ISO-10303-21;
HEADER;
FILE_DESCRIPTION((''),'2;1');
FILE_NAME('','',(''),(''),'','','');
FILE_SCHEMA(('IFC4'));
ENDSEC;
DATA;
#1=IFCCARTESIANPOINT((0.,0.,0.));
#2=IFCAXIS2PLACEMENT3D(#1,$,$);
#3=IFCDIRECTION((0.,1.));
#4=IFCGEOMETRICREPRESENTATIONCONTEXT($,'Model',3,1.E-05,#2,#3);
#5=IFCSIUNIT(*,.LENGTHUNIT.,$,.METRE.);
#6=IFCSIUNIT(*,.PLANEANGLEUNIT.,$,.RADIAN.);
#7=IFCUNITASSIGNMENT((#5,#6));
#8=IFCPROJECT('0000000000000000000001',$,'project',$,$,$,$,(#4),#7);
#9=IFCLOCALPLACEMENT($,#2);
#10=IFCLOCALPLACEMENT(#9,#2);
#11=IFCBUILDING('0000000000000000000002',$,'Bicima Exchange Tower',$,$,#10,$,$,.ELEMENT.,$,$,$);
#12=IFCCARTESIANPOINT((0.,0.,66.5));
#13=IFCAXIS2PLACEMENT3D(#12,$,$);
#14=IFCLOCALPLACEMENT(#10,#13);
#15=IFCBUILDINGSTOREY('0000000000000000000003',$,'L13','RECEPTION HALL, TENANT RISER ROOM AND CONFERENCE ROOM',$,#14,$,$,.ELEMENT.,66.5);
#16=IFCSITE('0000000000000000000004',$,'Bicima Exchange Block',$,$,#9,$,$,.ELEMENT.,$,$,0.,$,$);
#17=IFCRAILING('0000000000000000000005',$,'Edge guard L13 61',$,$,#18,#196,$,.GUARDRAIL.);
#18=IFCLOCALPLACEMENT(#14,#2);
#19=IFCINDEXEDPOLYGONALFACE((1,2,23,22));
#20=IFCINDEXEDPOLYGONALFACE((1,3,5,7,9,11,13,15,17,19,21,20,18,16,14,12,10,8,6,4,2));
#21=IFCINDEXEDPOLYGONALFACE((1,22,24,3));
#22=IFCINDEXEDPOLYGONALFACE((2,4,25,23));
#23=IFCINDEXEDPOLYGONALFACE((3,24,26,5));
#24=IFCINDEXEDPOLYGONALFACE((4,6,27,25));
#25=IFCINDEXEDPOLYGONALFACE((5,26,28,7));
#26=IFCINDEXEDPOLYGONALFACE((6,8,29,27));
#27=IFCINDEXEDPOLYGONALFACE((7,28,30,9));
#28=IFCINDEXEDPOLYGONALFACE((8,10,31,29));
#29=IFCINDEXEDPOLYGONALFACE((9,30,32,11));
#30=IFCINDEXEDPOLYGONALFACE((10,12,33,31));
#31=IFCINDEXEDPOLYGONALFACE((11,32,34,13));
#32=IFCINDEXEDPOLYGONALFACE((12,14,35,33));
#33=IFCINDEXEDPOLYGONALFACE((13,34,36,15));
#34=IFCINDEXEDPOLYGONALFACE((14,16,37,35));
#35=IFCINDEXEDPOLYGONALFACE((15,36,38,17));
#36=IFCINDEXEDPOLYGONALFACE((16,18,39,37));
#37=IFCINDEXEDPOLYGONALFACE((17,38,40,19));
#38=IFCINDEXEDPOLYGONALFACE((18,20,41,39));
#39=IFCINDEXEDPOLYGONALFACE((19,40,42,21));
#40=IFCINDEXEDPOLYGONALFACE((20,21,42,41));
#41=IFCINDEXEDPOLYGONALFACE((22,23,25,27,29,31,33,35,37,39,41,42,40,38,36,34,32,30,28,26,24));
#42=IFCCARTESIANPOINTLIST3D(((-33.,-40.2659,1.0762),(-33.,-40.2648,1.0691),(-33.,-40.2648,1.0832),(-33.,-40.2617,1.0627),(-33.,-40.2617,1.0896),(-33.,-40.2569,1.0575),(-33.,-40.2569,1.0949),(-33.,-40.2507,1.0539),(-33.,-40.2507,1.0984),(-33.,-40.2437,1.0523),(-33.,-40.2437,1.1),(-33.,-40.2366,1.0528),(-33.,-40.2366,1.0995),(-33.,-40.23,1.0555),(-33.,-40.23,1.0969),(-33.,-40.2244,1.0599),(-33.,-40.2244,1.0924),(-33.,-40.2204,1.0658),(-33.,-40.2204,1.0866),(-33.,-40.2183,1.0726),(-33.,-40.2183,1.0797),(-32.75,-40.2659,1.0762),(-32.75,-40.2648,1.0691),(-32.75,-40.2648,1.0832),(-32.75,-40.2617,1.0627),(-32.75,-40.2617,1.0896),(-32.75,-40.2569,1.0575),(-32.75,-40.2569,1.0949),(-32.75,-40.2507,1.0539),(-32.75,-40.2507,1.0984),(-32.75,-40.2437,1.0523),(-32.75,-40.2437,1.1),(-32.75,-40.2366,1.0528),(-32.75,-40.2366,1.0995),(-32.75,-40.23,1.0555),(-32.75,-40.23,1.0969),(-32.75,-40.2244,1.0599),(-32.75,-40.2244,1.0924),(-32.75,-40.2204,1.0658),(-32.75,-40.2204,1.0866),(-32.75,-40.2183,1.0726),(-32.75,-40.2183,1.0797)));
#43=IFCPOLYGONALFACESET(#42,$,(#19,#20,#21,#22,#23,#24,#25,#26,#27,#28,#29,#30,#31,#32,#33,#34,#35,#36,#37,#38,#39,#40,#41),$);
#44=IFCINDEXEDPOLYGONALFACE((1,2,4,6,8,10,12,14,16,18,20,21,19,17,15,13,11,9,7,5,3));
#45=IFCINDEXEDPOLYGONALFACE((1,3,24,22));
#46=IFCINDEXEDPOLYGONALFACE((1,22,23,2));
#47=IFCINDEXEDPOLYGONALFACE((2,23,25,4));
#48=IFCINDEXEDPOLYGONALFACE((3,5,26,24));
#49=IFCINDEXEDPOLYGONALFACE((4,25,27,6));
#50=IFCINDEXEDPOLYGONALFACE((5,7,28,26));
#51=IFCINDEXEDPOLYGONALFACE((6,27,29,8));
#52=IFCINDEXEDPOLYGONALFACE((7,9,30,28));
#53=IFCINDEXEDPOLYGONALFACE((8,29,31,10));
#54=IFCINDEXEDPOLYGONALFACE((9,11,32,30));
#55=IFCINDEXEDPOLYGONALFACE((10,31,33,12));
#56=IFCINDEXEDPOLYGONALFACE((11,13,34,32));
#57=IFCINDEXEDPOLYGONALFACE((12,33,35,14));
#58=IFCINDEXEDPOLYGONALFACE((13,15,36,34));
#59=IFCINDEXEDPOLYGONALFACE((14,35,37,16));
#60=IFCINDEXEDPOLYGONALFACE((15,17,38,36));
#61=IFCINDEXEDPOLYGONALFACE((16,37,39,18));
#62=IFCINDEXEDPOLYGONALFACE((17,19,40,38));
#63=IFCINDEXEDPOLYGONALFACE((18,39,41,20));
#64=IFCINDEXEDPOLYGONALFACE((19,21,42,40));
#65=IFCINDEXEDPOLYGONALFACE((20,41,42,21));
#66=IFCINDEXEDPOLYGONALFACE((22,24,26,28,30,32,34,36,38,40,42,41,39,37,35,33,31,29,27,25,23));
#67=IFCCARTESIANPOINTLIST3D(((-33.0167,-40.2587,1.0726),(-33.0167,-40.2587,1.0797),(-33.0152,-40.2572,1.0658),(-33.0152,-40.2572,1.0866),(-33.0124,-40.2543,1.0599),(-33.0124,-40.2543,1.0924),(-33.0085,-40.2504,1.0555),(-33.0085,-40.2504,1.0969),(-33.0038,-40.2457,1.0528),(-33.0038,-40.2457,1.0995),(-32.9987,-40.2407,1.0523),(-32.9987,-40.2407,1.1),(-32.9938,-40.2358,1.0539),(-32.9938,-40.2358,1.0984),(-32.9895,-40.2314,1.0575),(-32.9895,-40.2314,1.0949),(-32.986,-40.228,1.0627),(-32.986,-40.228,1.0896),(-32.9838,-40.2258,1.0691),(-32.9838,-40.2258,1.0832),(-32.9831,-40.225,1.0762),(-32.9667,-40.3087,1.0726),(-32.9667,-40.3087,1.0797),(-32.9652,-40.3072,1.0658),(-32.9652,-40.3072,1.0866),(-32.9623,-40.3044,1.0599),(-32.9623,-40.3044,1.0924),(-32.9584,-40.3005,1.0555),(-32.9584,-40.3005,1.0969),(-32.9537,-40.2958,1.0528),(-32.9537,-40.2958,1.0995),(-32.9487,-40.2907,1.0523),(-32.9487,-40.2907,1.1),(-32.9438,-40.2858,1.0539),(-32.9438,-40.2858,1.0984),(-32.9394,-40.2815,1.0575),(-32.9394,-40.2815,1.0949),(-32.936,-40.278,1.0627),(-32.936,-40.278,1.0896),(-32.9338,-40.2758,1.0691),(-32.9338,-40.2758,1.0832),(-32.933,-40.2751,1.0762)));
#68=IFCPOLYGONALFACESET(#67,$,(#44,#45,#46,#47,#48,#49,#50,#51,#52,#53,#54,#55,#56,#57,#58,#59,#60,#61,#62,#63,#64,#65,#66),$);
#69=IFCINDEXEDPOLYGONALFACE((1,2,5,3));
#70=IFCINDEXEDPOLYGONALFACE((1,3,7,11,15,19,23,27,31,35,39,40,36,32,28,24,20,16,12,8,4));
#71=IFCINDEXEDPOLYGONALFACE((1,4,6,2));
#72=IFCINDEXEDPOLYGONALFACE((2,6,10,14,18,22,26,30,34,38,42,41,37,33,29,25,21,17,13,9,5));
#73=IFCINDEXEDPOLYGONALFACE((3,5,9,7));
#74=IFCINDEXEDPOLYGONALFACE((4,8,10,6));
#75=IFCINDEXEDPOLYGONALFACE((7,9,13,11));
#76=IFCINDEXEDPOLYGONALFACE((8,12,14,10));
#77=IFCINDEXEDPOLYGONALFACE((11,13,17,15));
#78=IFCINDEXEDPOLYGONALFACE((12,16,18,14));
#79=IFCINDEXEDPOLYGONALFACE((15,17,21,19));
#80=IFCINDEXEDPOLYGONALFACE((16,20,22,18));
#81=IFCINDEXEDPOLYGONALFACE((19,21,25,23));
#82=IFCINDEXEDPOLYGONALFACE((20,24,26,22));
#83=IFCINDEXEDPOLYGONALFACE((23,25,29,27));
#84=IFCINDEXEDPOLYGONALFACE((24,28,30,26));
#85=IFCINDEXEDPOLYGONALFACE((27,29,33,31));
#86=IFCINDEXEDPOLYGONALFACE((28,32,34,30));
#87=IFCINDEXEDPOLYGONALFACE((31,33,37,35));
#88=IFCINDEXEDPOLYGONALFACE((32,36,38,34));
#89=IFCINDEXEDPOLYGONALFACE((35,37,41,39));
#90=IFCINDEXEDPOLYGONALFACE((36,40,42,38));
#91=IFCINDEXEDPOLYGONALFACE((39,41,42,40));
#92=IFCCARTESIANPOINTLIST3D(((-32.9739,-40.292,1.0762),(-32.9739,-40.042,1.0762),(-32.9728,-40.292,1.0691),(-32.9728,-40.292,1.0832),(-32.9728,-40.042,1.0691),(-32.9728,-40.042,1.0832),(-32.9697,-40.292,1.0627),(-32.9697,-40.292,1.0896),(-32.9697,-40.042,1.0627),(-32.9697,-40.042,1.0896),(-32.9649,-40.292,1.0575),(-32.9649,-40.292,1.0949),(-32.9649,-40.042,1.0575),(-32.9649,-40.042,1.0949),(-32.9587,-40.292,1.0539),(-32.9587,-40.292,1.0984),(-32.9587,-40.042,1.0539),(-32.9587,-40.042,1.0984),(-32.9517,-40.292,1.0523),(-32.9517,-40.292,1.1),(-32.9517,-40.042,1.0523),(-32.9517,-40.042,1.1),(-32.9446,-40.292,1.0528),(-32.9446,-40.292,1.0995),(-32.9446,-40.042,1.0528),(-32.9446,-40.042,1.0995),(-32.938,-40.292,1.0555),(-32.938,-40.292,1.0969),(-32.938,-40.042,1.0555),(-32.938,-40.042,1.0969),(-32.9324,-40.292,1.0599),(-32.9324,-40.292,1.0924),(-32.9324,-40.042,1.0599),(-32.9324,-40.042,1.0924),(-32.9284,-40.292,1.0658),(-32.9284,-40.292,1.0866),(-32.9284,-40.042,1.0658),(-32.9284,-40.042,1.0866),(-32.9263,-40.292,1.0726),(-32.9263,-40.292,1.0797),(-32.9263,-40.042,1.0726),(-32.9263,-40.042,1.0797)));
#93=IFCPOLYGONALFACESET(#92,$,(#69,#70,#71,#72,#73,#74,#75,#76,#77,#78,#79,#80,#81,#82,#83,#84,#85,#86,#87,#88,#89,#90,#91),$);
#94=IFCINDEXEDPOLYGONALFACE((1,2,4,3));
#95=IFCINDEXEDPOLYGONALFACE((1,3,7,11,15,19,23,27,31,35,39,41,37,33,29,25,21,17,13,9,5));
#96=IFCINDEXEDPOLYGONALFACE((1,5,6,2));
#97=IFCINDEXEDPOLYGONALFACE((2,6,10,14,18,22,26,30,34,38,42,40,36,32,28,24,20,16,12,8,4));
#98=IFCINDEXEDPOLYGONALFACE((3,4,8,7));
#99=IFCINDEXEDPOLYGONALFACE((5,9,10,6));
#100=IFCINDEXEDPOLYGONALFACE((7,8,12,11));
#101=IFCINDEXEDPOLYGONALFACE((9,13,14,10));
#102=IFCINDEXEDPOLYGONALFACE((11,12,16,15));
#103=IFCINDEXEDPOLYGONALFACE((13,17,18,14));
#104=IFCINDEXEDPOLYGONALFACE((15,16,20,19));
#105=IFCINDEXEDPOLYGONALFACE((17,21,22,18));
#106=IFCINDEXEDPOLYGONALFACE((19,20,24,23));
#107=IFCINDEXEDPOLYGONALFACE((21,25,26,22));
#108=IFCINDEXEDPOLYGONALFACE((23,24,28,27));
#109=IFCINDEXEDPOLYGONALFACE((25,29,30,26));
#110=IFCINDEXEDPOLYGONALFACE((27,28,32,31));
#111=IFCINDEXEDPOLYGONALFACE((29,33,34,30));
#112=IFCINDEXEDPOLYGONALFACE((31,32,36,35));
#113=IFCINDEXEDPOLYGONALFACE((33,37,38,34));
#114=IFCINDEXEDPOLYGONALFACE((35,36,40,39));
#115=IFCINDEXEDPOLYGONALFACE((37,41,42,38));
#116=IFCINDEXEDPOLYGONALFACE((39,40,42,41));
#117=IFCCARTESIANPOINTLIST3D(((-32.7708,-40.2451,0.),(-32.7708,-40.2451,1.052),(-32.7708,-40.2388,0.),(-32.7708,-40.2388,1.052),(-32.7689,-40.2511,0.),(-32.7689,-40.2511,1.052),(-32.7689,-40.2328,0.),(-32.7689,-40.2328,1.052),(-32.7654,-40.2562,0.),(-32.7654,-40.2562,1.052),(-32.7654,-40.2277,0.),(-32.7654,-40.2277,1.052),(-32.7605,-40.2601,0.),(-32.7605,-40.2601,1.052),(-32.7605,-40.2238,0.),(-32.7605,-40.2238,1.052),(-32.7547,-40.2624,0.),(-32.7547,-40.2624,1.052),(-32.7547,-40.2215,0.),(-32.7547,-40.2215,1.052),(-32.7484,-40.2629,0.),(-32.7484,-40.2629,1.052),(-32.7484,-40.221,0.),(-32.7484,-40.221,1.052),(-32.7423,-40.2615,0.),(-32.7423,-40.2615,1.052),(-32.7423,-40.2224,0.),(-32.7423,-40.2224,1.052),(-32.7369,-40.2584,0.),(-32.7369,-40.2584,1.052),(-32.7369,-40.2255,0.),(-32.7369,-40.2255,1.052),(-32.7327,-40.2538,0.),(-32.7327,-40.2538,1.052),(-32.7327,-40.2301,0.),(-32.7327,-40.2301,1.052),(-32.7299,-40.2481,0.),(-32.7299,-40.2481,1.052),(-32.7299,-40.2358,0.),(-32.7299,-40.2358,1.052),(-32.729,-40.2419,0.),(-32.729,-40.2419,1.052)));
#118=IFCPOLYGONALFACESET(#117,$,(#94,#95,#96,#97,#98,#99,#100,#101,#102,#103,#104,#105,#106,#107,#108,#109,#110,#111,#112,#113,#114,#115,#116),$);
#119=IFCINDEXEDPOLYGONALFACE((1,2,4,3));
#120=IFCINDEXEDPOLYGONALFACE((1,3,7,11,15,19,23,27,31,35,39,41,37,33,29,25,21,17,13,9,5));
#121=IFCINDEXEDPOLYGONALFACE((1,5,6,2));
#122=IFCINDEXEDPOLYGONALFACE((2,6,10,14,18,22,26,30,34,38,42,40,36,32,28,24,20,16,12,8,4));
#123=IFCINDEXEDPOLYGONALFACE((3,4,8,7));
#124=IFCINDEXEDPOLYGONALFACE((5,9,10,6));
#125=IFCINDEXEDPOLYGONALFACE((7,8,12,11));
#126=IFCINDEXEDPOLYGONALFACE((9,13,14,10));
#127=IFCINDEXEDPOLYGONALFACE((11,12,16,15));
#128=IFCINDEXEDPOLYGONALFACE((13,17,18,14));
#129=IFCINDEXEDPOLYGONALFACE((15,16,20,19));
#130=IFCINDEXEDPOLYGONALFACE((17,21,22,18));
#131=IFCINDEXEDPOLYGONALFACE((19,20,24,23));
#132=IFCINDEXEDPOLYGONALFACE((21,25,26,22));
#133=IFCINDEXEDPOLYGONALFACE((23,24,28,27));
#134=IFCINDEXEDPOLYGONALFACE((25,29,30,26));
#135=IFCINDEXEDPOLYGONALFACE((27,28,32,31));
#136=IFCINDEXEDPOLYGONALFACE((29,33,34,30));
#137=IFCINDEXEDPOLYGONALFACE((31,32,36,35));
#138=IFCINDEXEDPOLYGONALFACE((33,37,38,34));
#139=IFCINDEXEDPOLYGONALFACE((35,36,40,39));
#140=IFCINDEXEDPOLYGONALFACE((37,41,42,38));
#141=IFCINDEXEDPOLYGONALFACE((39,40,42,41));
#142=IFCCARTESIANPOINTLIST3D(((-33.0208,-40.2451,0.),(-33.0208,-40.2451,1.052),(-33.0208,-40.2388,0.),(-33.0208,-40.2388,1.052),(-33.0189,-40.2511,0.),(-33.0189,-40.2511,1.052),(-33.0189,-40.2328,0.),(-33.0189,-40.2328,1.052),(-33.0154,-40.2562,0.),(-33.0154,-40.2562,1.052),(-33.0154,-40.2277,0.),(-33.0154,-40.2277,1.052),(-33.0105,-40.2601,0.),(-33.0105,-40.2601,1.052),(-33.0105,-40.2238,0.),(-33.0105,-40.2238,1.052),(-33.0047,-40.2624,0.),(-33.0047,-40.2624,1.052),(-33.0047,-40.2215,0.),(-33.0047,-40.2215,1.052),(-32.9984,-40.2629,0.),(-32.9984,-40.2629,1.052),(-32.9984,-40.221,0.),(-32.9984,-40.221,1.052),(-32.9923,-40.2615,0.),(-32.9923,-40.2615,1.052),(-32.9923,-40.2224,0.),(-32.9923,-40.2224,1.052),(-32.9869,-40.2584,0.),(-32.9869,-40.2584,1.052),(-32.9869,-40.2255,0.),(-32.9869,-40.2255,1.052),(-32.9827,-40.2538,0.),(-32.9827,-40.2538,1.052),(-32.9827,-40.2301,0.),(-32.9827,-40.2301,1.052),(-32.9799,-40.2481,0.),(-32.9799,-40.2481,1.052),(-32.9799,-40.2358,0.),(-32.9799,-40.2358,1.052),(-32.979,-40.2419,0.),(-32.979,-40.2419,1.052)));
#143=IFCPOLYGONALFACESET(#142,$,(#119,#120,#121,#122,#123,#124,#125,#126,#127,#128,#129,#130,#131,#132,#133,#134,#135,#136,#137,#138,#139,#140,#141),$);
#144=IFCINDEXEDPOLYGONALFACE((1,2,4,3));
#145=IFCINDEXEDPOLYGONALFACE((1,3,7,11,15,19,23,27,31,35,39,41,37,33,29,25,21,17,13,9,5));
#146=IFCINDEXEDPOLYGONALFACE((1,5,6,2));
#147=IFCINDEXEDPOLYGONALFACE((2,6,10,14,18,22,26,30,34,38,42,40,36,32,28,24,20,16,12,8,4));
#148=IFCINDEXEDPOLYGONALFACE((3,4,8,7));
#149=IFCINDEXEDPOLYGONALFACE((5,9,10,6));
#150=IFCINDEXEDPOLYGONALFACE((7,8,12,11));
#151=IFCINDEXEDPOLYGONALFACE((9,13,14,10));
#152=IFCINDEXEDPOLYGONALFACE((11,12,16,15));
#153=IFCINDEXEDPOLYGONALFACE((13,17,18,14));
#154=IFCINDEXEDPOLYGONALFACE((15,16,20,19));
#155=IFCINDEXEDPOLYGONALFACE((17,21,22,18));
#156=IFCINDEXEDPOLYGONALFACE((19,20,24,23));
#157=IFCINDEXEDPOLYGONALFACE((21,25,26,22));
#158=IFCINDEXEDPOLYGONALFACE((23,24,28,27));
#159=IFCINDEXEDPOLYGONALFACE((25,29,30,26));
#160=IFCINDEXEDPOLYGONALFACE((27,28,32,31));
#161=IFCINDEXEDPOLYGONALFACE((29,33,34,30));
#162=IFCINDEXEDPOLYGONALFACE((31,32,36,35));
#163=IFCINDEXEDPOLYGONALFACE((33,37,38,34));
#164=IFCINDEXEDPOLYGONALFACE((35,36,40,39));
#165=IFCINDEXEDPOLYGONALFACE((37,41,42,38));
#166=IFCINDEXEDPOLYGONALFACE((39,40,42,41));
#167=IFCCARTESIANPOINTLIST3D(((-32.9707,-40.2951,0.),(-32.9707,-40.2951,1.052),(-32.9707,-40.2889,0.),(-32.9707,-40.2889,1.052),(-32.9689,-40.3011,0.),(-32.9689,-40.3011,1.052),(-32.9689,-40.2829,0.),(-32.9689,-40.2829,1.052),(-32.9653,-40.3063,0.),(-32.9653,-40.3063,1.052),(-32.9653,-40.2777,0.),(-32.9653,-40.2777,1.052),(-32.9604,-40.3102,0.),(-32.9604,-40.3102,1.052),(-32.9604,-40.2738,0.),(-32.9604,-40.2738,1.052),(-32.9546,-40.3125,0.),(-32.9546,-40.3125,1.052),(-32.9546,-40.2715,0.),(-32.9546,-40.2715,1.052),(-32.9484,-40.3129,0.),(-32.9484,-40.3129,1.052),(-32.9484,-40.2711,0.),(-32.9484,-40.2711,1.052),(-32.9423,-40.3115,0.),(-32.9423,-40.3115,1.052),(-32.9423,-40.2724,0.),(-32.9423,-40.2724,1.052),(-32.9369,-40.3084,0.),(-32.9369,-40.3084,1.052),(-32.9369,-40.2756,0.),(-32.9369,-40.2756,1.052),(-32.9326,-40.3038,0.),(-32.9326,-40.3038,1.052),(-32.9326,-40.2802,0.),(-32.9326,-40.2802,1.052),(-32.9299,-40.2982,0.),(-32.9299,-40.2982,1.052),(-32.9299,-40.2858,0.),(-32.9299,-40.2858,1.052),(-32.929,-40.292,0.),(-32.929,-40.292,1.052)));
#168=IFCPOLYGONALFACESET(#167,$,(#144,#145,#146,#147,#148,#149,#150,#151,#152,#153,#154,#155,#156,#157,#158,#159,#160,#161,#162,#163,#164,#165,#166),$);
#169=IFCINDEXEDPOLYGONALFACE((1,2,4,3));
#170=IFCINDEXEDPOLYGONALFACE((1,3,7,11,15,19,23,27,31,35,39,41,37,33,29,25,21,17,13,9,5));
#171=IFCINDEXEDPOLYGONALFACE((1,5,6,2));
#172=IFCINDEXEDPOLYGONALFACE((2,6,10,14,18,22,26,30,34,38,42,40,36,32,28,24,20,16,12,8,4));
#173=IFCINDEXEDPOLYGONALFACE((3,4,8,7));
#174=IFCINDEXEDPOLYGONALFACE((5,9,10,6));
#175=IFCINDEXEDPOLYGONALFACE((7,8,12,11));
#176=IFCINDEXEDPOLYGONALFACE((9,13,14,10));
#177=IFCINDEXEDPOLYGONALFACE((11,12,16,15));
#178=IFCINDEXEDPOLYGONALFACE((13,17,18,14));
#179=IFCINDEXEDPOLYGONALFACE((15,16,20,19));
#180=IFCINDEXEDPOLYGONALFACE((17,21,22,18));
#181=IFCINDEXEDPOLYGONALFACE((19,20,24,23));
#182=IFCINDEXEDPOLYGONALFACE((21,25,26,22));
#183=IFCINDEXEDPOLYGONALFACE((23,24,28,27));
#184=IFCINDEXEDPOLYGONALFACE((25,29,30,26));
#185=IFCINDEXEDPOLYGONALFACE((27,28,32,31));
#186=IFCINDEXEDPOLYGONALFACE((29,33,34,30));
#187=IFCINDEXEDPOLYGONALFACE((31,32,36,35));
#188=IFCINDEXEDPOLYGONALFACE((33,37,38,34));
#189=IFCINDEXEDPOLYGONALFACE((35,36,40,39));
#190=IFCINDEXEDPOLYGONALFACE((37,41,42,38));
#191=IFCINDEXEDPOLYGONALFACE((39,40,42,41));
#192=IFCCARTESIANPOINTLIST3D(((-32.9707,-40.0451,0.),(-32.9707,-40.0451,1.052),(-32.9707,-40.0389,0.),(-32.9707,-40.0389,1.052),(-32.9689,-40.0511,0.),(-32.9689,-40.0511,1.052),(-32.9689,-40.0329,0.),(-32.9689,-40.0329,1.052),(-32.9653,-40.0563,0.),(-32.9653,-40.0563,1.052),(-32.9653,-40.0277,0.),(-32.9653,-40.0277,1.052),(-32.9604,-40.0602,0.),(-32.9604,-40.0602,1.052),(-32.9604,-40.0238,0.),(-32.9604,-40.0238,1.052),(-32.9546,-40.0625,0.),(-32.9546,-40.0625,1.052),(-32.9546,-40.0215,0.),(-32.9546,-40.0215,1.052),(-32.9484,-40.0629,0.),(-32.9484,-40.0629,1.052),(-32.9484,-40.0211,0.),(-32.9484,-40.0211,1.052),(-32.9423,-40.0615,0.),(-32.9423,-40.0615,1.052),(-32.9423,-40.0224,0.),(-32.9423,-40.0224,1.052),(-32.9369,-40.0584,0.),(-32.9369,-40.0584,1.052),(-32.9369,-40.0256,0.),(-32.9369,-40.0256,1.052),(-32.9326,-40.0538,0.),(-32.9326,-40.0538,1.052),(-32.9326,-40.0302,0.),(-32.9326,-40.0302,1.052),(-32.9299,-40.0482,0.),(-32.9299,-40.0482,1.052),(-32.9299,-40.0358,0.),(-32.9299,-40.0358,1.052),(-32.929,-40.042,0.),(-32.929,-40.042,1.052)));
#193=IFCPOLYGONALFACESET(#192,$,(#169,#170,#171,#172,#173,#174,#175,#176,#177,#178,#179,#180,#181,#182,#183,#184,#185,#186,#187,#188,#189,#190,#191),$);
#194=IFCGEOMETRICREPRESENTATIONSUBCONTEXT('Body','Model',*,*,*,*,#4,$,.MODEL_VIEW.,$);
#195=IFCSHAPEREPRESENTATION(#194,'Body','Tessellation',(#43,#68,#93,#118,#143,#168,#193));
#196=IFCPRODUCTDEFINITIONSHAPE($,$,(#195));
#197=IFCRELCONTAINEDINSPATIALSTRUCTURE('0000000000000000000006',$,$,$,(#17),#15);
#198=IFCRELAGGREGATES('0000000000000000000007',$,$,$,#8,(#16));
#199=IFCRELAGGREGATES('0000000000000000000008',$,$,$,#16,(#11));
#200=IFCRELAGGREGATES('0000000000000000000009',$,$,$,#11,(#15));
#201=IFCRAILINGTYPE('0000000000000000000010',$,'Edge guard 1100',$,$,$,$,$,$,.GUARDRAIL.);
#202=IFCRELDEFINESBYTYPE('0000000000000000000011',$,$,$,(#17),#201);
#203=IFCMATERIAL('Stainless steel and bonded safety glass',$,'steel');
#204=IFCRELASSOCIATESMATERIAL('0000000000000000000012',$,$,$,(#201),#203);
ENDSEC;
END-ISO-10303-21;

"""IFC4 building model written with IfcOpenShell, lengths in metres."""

from ifc_helpers import new_model, si_unit, direction, frame, origin, origin_2d, place, context, subcontext, project, spatial, circle, extrude, material, type_object, element, save


model = new_model("IFC4")

# Units and contexts
model_context = context("Model", 3, precision=1e-05, world=origin(), true_north=direction((0.0, 1.0)))
body_context = subcontext(model_context, "Body", "Model", "MODEL_VIEW")
ifc_project = project(units=[si_unit("LENGTHUNIT", "METRE"), si_unit("PLANEANGLEUNIT", "RADIAN")], contexts=[model_context])

# Site, building, storey
site_placement = place(None, origin())
site = spatial("IfcSite", under=ifc_project, at=site_placement, Name="Bicima Exchange Block", CompositionType="ELEMENT", RefElevation=0.0)
building_placement = place(site_placement, origin())
building = spatial("IfcBuilding", under=site, at=building_placement, Name="Bicima Exchange Tower", CompositionType="ELEMENT")
storey_placement = place(building_placement, frame((0.0, 0.0, 66.5)))
storey = spatial("IfcBuildingStorey", under=building, at=storey_placement, Name="L13", Description="RECEPTION HALL, TENANT RISER ROOM AND CONFERENCE ROOM", CompositionType="ELEMENT", Elevation=66.5)

# Railing
ifc_material_1 = material(Name="Stainless steel and bonded safety glass", Category="steel")
railing_type = type_object("IfcRailingType", Name="Edge guard 1100", PredefinedType="GUARDRAIL", material=ifc_material_1)
railing_1_placement = place(storey_placement, frame((-32.75, -40.2419, 0.0)))
element("IfcRailing", 1, at=railing_1_placement, inside=storey, type_object=railing_type, Name="Edge guard L13 61", PredefinedType="GUARDRAIL", context=body_context, shape_type="SweptSolid", body=[
    extrude(circle(Radius=0.0239, at=origin_2d()), frame((0.0, 0.0, 1.0762), z_axis=(-1.0, 0.0, 0.0), x_axis=(0.0, -1.0, 0.0)), (0.0, 0.0, 1.0), 0.25),
    extrude(circle(Radius=0.0239, at=origin_2d()), frame((-0.25, 0.0, 1.0762), z_axis=(0.707107, -0.707107, 0.0), x_axis=(0.707107, 0.707107, 0.0)), (0.0, 0.0, 1.0), 0.0708),
    extrude(circle(Radius=0.0239, at=origin_2d()), frame((-0.2, -0.05, 1.0762), z_axis=(0.0, 1.0, 0.0), x_axis=(-1.0, 0.0, 0.0)), (0.0, 0.0, 1.0), 0.25),
    extrude(circle(Radius=0.021, at=origin_2d()), origin(), (0.0, 0.0, 1.0), 1.052),
    extrude(circle(Radius=0.021, at=origin_2d()), frame((-0.25, 0.0, 0.0)), (0.0, 0.0, 1.0), 1.052),
    extrude(circle(Radius=0.021, at=origin_2d()), frame((-0.2, -0.05, 0.0)), (0.0, 0.0, 1.0), 1.052),
    extrude(circle(Radius=0.021, at=origin_2d()), frame((-0.2, 0.2, 0.0)), (0.0, 0.0, 1.0), 1.052),
])

save(model, "model.ifc")
